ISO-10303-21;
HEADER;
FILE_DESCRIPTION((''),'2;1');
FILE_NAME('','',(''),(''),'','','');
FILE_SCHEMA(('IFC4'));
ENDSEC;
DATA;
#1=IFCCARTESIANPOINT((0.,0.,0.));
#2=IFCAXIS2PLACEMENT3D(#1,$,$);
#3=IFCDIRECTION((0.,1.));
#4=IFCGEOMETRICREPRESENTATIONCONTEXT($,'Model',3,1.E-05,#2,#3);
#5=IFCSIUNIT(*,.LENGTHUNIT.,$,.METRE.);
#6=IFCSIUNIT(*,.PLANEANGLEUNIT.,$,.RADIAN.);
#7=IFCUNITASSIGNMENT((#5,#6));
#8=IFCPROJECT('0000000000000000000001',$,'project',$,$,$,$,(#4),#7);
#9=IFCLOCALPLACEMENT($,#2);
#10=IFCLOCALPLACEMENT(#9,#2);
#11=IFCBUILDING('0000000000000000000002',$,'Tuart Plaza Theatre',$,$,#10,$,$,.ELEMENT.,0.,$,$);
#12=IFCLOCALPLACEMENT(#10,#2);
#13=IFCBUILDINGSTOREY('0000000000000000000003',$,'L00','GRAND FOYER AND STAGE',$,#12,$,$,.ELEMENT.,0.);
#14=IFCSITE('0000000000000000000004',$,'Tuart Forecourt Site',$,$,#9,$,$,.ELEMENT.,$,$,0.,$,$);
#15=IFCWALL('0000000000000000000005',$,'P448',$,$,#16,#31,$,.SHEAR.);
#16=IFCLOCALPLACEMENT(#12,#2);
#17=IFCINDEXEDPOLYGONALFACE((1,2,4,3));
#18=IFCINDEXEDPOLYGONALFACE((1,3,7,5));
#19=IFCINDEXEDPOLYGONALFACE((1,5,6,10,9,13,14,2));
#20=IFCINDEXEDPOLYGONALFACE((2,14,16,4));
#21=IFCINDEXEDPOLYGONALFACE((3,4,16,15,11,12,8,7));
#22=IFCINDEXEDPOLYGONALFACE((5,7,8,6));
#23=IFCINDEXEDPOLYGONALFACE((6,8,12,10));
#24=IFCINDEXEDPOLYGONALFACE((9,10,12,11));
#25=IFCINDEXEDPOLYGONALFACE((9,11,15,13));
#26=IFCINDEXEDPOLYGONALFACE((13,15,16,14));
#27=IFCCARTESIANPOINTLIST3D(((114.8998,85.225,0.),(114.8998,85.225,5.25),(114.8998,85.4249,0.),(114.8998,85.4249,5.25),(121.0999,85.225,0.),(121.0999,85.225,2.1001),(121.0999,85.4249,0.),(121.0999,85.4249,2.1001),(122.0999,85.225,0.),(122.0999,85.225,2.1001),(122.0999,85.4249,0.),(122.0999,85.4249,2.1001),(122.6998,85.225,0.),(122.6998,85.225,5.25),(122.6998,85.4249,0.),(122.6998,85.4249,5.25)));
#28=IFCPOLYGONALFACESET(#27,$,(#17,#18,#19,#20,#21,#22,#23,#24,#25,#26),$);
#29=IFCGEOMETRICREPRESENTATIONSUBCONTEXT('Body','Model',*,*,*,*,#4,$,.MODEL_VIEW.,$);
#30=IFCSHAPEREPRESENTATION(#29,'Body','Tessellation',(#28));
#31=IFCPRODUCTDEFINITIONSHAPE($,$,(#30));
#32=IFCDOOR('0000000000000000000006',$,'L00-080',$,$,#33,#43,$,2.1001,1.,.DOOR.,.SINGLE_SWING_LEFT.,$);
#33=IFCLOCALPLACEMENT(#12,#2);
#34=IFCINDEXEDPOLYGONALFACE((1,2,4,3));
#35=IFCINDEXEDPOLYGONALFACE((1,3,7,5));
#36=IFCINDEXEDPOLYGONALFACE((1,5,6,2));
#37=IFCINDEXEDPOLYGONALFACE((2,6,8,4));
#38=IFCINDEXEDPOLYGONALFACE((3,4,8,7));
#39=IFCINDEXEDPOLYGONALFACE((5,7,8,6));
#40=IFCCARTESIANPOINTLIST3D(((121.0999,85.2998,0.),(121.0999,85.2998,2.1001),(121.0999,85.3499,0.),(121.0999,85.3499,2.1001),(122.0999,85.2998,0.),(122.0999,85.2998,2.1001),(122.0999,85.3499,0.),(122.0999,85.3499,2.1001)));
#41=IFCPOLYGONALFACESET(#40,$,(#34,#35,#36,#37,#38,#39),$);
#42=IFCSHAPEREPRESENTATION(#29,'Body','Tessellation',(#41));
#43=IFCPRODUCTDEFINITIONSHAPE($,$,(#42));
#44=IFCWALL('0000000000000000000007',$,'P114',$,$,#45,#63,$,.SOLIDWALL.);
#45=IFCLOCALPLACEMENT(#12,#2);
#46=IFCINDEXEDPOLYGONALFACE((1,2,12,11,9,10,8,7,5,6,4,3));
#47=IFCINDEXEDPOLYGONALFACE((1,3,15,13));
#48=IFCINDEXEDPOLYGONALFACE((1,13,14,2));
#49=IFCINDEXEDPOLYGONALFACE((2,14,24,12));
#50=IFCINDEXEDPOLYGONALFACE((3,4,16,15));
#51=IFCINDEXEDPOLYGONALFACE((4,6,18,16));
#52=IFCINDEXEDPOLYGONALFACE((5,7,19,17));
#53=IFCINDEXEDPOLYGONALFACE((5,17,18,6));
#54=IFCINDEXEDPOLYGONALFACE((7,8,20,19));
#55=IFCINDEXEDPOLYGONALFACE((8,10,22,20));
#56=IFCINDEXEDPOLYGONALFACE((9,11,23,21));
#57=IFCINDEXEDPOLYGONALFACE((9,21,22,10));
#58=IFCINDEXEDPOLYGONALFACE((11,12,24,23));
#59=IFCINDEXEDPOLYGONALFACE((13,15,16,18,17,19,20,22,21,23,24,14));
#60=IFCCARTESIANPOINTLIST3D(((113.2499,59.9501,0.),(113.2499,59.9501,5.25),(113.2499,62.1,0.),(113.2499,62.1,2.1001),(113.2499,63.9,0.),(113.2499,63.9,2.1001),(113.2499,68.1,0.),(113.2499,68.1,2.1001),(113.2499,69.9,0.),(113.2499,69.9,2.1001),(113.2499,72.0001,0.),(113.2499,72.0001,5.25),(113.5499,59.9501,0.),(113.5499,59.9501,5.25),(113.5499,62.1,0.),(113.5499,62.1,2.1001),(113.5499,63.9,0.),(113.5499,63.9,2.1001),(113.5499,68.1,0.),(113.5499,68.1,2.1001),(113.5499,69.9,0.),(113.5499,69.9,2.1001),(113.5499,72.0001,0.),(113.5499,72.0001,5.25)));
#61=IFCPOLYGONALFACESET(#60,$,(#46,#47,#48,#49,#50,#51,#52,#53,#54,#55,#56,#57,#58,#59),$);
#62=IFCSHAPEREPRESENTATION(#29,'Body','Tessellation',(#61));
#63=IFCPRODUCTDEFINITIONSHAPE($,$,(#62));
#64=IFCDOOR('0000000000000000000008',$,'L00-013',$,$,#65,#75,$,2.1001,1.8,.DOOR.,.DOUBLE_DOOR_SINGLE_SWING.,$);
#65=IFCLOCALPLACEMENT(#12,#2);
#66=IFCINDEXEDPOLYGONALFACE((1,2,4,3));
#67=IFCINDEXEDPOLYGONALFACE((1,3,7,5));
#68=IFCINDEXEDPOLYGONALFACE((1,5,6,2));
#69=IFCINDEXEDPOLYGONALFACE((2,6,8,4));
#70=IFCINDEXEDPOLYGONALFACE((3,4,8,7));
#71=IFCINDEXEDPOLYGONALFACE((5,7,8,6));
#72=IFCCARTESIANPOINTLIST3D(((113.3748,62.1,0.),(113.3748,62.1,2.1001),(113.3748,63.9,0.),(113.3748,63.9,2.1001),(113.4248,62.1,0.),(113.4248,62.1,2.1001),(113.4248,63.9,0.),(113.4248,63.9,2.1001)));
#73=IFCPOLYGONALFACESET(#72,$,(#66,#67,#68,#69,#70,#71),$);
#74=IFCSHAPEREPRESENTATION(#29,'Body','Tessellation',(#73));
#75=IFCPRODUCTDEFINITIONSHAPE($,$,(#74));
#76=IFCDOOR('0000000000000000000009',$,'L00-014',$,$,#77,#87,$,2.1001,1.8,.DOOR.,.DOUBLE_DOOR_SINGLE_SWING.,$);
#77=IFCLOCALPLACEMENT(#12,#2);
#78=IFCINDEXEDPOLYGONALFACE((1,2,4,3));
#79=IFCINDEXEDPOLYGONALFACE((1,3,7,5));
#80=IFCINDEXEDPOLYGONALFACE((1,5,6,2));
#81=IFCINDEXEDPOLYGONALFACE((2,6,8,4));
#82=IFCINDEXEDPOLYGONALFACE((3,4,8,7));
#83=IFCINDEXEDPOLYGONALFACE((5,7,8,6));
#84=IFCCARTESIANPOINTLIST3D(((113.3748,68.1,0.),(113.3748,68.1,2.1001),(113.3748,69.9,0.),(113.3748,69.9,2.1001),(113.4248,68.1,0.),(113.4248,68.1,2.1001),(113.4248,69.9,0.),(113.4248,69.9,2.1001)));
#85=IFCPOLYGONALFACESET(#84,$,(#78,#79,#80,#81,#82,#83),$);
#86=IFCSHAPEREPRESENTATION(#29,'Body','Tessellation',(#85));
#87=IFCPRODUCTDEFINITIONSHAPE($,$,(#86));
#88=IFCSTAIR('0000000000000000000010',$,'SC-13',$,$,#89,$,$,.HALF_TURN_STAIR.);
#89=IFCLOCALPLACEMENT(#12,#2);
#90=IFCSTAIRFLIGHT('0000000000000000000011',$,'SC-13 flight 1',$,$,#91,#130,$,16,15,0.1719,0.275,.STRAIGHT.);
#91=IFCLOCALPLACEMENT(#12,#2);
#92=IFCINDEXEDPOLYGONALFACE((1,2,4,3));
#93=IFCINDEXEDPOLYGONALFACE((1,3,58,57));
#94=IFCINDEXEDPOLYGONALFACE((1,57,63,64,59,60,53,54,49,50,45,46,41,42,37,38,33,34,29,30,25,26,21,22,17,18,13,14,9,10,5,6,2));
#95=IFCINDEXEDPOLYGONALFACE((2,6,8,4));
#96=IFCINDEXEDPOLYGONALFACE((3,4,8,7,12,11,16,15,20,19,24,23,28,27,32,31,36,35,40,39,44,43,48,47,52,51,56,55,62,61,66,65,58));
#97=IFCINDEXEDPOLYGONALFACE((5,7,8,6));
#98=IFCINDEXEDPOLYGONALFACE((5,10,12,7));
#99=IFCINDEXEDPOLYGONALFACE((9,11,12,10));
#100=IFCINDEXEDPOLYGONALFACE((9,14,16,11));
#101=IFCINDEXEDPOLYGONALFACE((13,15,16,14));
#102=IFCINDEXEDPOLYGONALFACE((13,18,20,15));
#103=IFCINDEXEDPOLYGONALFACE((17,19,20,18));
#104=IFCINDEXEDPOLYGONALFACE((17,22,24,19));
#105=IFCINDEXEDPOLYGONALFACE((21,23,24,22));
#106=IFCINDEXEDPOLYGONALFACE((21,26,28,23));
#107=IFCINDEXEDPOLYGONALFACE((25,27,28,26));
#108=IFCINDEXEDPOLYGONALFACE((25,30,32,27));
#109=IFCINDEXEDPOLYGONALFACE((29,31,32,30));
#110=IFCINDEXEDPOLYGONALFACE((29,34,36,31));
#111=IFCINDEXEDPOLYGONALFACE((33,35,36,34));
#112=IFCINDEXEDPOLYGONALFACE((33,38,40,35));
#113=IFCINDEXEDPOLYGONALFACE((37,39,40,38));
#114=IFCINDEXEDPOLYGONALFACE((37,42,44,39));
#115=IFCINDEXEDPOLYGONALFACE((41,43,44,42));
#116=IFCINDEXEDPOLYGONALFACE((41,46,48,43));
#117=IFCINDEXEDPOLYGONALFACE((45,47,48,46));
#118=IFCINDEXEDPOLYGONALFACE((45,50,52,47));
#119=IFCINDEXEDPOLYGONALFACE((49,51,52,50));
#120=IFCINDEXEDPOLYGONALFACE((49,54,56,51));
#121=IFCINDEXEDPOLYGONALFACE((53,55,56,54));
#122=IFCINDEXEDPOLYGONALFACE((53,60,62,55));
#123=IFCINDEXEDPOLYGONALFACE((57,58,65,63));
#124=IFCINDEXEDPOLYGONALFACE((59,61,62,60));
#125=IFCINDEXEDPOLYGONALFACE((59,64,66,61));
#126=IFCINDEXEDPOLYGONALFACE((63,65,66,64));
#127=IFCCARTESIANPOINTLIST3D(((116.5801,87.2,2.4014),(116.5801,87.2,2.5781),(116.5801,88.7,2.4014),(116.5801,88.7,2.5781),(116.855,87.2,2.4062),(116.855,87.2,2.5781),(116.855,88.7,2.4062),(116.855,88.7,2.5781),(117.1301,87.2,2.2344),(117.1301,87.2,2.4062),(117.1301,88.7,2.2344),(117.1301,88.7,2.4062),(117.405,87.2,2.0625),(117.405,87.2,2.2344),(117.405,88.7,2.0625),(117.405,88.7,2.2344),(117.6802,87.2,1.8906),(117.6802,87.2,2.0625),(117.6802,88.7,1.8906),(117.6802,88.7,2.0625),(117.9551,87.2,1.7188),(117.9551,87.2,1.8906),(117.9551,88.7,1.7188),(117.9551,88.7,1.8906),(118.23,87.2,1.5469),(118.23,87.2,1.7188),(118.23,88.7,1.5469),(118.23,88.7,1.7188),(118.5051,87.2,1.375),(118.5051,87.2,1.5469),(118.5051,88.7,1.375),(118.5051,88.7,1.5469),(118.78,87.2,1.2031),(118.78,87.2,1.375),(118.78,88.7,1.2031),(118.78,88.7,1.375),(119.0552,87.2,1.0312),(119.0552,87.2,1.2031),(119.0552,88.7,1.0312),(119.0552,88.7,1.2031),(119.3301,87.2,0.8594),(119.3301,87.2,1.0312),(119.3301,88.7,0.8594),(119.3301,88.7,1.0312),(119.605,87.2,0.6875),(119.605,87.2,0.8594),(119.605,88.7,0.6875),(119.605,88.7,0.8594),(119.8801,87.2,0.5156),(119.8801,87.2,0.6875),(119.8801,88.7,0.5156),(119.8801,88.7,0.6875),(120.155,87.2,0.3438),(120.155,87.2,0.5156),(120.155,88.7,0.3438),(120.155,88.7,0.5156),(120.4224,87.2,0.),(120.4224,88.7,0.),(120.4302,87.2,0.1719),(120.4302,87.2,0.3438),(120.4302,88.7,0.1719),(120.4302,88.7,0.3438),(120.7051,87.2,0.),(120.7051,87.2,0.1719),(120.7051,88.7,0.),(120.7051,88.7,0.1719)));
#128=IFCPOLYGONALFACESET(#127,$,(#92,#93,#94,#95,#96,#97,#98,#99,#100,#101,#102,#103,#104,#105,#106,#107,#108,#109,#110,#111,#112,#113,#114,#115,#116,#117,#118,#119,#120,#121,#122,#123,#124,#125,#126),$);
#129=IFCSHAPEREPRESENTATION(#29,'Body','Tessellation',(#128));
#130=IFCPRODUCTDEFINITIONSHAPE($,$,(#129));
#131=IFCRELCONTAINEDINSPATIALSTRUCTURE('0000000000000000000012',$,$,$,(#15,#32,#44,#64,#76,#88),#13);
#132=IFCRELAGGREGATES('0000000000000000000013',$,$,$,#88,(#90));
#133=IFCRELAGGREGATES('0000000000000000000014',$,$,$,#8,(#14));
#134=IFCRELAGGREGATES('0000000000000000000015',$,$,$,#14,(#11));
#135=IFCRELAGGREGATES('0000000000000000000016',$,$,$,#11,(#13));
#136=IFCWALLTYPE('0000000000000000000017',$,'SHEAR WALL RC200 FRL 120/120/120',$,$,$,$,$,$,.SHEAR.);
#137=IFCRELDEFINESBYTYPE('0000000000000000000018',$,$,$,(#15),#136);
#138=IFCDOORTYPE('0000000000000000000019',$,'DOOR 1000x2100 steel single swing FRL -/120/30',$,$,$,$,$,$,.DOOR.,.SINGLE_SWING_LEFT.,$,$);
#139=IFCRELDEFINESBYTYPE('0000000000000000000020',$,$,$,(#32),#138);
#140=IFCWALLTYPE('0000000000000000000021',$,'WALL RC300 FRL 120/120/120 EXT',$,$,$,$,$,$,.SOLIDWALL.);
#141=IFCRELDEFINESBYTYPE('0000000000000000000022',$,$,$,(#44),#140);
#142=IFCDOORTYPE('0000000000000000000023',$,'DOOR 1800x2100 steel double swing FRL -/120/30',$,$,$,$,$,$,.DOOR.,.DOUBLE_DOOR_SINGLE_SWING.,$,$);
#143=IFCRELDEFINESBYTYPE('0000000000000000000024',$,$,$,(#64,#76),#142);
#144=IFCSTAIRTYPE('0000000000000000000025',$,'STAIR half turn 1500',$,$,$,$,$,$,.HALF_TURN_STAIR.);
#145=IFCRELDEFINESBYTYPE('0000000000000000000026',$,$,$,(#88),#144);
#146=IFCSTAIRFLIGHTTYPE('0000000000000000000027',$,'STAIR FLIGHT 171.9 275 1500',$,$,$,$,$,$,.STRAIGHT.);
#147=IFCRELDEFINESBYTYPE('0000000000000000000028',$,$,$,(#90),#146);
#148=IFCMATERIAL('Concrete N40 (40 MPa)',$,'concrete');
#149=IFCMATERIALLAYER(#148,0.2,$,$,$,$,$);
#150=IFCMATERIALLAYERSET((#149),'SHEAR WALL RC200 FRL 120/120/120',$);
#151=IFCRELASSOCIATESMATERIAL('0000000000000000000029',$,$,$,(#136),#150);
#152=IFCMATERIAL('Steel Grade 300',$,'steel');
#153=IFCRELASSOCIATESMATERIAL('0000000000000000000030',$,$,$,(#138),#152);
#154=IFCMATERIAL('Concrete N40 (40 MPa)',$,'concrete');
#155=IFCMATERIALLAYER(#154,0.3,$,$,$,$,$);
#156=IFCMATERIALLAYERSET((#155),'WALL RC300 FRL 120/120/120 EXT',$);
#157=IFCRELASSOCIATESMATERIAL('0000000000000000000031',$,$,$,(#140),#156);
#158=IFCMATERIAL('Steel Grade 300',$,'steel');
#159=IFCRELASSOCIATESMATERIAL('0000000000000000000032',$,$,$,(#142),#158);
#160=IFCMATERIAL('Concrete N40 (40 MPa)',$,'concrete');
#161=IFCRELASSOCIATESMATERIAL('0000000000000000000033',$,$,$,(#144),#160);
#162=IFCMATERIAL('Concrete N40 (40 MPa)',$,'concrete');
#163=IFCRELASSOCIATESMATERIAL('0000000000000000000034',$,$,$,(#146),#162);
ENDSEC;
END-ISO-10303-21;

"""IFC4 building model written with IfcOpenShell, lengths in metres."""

from ifc_helpers import new_model, si_unit, direction, frame, frame_2d, origin, place, context, subcontext, project, spatial, polyline, rectangle, outline, extrude, material, layer, layer_set, type_object, element, fill, aggregate, save


model = new_model("IFC4")

# Units and contexts
model_context = context("Model", 3, precision=1e-05, world=origin(), true_north=direction((0.0, 1.0)))
body_context = subcontext(model_context, "Body", "Model", "MODEL_VIEW")
ifc_project = project(units=[si_unit("LENGTHUNIT", "METRE"), si_unit("PLANEANGLEUNIT", "RADIAN")], contexts=[model_context])

# Site, building, storey
site_placement = place(None, origin())
site = spatial("IfcSite", under=ifc_project, at=site_placement, Name="Tuart Forecourt Site", CompositionType="ELEMENT", RefElevation=0.0)
building_placement = place(site_placement, origin())
building = spatial("IfcBuilding", under=site, at=building_placement, Name="Tuart Plaza Theatre", CompositionType="ELEMENT", ElevationOfRefHeight=0.0)
storey_placement = place(building_placement, origin())
storey = spatial("IfcBuildingStorey", under=building, at=storey_placement, Name="L00", Description="GRAND FOYER AND STAGE", CompositionType="ELEMENT", Elevation=0.0)

# Wall, opening, door
ifc_material_1 = material(Name="Concrete N40 (40 MPa)", Category="concrete")
ifc_layer_1 = layer(ifc_material_1, 0.2)
ifc_layer_set_1 = layer_set([ifc_layer_1], Name="SHEAR WALL RC200 FRL 120/120/120")
wall_type_1 = type_object("IfcWallType", Name="SHEAR WALL RC200 FRL 120/120/120", PredefinedType="SHEAR", material=ifc_layer_set_1)
wall_1_placement = place(storey_placement, frame((114.8999, 85.325, 0.0), z_axis=(0.0, 0.0, 1.0), x_axis=(1.0, 0.0, 0.0)))
wall_1 = element("IfcWall", 1, at=wall_1_placement, inside=storey, type_object=wall_type_1, Name="P448", PredefinedType="SHEAR", context=body_context, shape_type="SweptSolid", body=[
    extrude(rectangle(XDim=7.8, YDim=0.2, at=frame_2d((3.8999, 0.0))), origin(), (0.0, 0.0, 1.0), 5.25),
])
opening_1_placement = place(wall_1_placement, frame((6.2, 0.0, 0.0)))
opening_1 = element("IfcOpeningElement", 2, at=opening_1_placement, cuts=wall_1, PredefinedType="OPENING", context=body_context, shape_type="SweptSolid", body=[
    extrude(rectangle(XDim=1.0, YDim=2.1001, at=frame_2d((0.5, 1.05))), frame((0.0, 0.1099, 0.0), z_axis=(0.0, -1.0, 0.0), x_axis=(1.0, 0.0, 0.0)), (0.0, 0.0, 1.0), 0.22),
])
ifc_material_2 = material(Name="Steel Grade 300", Category="steel")
door_type_1 = type_object("IfcDoorType", Name="DOOR 1000x2100 steel single swing FRL -/120/30", OperationType="SINGLE_SWING_LEFT", PredefinedType="DOOR", material=ifc_material_2)
door_1_placement = place(opening_1_placement, origin())
door_1 = element("IfcDoor", 3, at=door_1_placement, inside=storey, type_object=door_type_1, Name="L00-080", OperationType="SINGLE_SWING_LEFT", OverallHeight=2.1001, OverallWidth=1.0, PredefinedType="DOOR", context=body_context, shape_type="SweptSolid", body=[
    extrude(rectangle(XDim=1.0, YDim=2.1001, at=frame_2d((0.5, 1.05))), frame((0.0, 0.0249, 0.0), z_axis=(0.0, -1.0, 0.0), x_axis=(1.0, 0.0, 0.0)), (0.0, 0.0, 1.0), 0.05),
])
fill(opening_1, door_1)

# Wall, openings, doors
ifc_material_3 = material(Name="Concrete N40 (40 MPa)", Category="concrete")
ifc_layer_2 = layer(ifc_material_3, 0.3)
ifc_layer_set_2 = layer_set([ifc_layer_2], Name="WALL RC300 FRL 120/120/120 EXT")
wall_type_2 = type_object("IfcWallType", Name="WALL RC300 FRL 120/120/120 EXT", PredefinedType="SOLIDWALL", material=ifc_layer_set_2)
wall_2_placement = place(storey_placement, frame((113.3999, 72.0, 0.0), z_axis=(0.0, 0.0, 1.0), x_axis=(0.0, -1.0, 0.0)))
wall_2 = element("IfcWall", 4, at=wall_2_placement, inside=storey, type_object=wall_type_2, Name="P114", PredefinedType="SOLIDWALL", context=body_context, shape_type="SweptSolid", body=[
    extrude(rectangle(XDim=12.05, YDim=0.3, at=frame_2d((6.0249, 0.0))), origin(), (0.0, 0.0, 1.0), 5.25),
])
opening_2_placement = place(wall_2_placement, frame((8.1001, 0.0, 0.0)))
opening_2 = element("IfcOpeningElement", 5, at=opening_2_placement, cuts=wall_2, PredefinedType="OPENING", context=body_context, shape_type="SweptSolid", body=[
    extrude(rectangle(XDim=1.8, YDim=2.1001, at=frame_2d((0.8999, 1.05))), frame((0.0, 0.1599, 0.0), z_axis=(0.0, -1.0, 0.0), x_axis=(1.0, 0.0, 0.0)), (0.0, 0.0, 1.0), 0.3201),
])
opening_3_placement = place(wall_2_placement, frame((2.1001, 0.0, 0.0)))
opening_3 = element("IfcOpeningElement", 6, at=opening_3_placement, cuts=wall_2, PredefinedType="OPENING", context=body_context, shape_type="SweptSolid", body=[
    extrude(rectangle(XDim=1.8, YDim=2.1001, at=frame_2d((0.8999, 1.05))), frame((0.0, 0.1599, 0.0), z_axis=(0.0, -1.0, 0.0), x_axis=(1.0, 0.0, 0.0)), (0.0, 0.0, 1.0), 0.3201),
])
ifc_material_4 = material(Name="Steel Grade 300", Category="steel")
door_type_2 = type_object("IfcDoorType", Name="DOOR 1800x2100 steel double swing FRL -/120/30", OperationType="DOUBLE_DOOR_SINGLE_SWING", PredefinedType="DOOR", material=ifc_material_4)
door_2_placement = place(opening_2_placement, origin())
door_2 = element("IfcDoor", 7, at=door_2_placement, inside=storey, type_object=door_type_2, Name="L00-013", OperationType="DOUBLE_DOOR_SINGLE_SWING", OverallHeight=2.1001, OverallWidth=1.8, PredefinedType="DOOR", context=body_context, shape_type="SweptSolid", body=[
    extrude(rectangle(XDim=1.8, YDim=2.1001, at=frame_2d((0.8999, 1.05))), frame((0.0, 0.0249, 0.0), z_axis=(0.0, -1.0, 0.0), x_axis=(1.0, 0.0, 0.0)), (0.0, 0.0, 1.0), 0.05),
])
fill(opening_2, door_2)
door_3_placement = place(opening_3_placement, origin())
door_3 = element("IfcDoor", 8, at=door_3_placement, inside=storey, type_object=door_type_2, Name="L00-014", OperationType="DOUBLE_DOOR_SINGLE_SWING", OverallHeight=2.1001, OverallWidth=1.8, PredefinedType="DOOR", context=body_context, shape_type="SweptSolid", body=[
    extrude(rectangle(XDim=1.8, YDim=2.1001, at=frame_2d((0.8999, 1.05))), frame((0.0, 0.0249, 0.0), z_axis=(0.0, -1.0, 0.0), x_axis=(1.0, 0.0, 0.0)), (0.0, 0.0, 1.0), 0.05),
])
fill(opening_3, door_3)

# Stair, stair flight
ifc_material_5 = material(Name="Concrete N40 (40 MPa)", Category="concrete")
stair_type = type_object("IfcStairType", Name="STAIR half turn 1500", PredefinedType="HALF_TURN_STAIR", material=ifc_material_5)
stair_placement = place(storey_placement, origin())
stair = element("IfcStair", 9, at=stair_placement, inside=storey, type_object=stair_type, Name="SC-13", PredefinedType="HALF_TURN_STAIR")
ifc_material_6 = material(Name="Concrete N40 (40 MPa)", Category="concrete")
stair_flight_type = type_object("IfcStairFlightType", Name="STAIR FLIGHT 171.9 275 1500", PredefinedType="STRAIGHT", material=ifc_material_6)
stair_flight_1_placement = place(storey_placement, frame((120.7051, 87.95, 0.0), z_axis=(0.0, 0.0, 1.0), x_axis=(-1.0, 0.0, 0.0)))
stair_flight_1 = element("IfcStairFlight", 10, at=stair_flight_1_placement, type_object=stair_flight_type, Name="SC-13 flight 1", NumberOfRisers=16, NumberOfTreads=15, PredefinedType="STRAIGHT", RiserHeight=0.1719, TreadLength=0.275, context=body_context, shape_type="SweptSolid", body=[
    extrude(outline(polyline([(0.0, 0.0), (0.0, 0.1719), (0.2749, 0.1719), (0.2749, 0.3438), (0.55, 0.3438), (0.55, 0.5156), (0.825, 0.5156), (0.825, 0.6875), (1.1001, 0.6875), (1.1001, 0.8594), (1.375, 0.8594), (1.375, 1.0312), (1.6499, 1.0312), (1.6499, 1.2031), (1.925, 1.2031), (1.925, 1.375), (2.2, 1.375), (2.2, 1.5469), (2.4751, 1.5469), (2.4751, 1.7188), (2.75, 1.7188), (2.75, 1.8906), (3.0249, 1.8906), (3.0249, 2.0625), (3.3, 2.0625), (3.3, 2.2344), (3.575, 2.2344), (3.575, 2.4062), (3.8501, 2.4062), (3.8501, 2.5781), (4.125, 2.5781), (4.125, 2.75), (4.125, 2.4014), (0.2827, 0.0), (0.0, 0.0)])), frame((0.0, 0.75, 0.0), z_axis=(0.0, -1.0, 0.0), x_axis=(1.0, 0.0, 0.0)), (0.0, 0.0, 1.0), 1.5),
])
aggregate(stair, [stair_flight_1])

save(model, "model.ifc")
